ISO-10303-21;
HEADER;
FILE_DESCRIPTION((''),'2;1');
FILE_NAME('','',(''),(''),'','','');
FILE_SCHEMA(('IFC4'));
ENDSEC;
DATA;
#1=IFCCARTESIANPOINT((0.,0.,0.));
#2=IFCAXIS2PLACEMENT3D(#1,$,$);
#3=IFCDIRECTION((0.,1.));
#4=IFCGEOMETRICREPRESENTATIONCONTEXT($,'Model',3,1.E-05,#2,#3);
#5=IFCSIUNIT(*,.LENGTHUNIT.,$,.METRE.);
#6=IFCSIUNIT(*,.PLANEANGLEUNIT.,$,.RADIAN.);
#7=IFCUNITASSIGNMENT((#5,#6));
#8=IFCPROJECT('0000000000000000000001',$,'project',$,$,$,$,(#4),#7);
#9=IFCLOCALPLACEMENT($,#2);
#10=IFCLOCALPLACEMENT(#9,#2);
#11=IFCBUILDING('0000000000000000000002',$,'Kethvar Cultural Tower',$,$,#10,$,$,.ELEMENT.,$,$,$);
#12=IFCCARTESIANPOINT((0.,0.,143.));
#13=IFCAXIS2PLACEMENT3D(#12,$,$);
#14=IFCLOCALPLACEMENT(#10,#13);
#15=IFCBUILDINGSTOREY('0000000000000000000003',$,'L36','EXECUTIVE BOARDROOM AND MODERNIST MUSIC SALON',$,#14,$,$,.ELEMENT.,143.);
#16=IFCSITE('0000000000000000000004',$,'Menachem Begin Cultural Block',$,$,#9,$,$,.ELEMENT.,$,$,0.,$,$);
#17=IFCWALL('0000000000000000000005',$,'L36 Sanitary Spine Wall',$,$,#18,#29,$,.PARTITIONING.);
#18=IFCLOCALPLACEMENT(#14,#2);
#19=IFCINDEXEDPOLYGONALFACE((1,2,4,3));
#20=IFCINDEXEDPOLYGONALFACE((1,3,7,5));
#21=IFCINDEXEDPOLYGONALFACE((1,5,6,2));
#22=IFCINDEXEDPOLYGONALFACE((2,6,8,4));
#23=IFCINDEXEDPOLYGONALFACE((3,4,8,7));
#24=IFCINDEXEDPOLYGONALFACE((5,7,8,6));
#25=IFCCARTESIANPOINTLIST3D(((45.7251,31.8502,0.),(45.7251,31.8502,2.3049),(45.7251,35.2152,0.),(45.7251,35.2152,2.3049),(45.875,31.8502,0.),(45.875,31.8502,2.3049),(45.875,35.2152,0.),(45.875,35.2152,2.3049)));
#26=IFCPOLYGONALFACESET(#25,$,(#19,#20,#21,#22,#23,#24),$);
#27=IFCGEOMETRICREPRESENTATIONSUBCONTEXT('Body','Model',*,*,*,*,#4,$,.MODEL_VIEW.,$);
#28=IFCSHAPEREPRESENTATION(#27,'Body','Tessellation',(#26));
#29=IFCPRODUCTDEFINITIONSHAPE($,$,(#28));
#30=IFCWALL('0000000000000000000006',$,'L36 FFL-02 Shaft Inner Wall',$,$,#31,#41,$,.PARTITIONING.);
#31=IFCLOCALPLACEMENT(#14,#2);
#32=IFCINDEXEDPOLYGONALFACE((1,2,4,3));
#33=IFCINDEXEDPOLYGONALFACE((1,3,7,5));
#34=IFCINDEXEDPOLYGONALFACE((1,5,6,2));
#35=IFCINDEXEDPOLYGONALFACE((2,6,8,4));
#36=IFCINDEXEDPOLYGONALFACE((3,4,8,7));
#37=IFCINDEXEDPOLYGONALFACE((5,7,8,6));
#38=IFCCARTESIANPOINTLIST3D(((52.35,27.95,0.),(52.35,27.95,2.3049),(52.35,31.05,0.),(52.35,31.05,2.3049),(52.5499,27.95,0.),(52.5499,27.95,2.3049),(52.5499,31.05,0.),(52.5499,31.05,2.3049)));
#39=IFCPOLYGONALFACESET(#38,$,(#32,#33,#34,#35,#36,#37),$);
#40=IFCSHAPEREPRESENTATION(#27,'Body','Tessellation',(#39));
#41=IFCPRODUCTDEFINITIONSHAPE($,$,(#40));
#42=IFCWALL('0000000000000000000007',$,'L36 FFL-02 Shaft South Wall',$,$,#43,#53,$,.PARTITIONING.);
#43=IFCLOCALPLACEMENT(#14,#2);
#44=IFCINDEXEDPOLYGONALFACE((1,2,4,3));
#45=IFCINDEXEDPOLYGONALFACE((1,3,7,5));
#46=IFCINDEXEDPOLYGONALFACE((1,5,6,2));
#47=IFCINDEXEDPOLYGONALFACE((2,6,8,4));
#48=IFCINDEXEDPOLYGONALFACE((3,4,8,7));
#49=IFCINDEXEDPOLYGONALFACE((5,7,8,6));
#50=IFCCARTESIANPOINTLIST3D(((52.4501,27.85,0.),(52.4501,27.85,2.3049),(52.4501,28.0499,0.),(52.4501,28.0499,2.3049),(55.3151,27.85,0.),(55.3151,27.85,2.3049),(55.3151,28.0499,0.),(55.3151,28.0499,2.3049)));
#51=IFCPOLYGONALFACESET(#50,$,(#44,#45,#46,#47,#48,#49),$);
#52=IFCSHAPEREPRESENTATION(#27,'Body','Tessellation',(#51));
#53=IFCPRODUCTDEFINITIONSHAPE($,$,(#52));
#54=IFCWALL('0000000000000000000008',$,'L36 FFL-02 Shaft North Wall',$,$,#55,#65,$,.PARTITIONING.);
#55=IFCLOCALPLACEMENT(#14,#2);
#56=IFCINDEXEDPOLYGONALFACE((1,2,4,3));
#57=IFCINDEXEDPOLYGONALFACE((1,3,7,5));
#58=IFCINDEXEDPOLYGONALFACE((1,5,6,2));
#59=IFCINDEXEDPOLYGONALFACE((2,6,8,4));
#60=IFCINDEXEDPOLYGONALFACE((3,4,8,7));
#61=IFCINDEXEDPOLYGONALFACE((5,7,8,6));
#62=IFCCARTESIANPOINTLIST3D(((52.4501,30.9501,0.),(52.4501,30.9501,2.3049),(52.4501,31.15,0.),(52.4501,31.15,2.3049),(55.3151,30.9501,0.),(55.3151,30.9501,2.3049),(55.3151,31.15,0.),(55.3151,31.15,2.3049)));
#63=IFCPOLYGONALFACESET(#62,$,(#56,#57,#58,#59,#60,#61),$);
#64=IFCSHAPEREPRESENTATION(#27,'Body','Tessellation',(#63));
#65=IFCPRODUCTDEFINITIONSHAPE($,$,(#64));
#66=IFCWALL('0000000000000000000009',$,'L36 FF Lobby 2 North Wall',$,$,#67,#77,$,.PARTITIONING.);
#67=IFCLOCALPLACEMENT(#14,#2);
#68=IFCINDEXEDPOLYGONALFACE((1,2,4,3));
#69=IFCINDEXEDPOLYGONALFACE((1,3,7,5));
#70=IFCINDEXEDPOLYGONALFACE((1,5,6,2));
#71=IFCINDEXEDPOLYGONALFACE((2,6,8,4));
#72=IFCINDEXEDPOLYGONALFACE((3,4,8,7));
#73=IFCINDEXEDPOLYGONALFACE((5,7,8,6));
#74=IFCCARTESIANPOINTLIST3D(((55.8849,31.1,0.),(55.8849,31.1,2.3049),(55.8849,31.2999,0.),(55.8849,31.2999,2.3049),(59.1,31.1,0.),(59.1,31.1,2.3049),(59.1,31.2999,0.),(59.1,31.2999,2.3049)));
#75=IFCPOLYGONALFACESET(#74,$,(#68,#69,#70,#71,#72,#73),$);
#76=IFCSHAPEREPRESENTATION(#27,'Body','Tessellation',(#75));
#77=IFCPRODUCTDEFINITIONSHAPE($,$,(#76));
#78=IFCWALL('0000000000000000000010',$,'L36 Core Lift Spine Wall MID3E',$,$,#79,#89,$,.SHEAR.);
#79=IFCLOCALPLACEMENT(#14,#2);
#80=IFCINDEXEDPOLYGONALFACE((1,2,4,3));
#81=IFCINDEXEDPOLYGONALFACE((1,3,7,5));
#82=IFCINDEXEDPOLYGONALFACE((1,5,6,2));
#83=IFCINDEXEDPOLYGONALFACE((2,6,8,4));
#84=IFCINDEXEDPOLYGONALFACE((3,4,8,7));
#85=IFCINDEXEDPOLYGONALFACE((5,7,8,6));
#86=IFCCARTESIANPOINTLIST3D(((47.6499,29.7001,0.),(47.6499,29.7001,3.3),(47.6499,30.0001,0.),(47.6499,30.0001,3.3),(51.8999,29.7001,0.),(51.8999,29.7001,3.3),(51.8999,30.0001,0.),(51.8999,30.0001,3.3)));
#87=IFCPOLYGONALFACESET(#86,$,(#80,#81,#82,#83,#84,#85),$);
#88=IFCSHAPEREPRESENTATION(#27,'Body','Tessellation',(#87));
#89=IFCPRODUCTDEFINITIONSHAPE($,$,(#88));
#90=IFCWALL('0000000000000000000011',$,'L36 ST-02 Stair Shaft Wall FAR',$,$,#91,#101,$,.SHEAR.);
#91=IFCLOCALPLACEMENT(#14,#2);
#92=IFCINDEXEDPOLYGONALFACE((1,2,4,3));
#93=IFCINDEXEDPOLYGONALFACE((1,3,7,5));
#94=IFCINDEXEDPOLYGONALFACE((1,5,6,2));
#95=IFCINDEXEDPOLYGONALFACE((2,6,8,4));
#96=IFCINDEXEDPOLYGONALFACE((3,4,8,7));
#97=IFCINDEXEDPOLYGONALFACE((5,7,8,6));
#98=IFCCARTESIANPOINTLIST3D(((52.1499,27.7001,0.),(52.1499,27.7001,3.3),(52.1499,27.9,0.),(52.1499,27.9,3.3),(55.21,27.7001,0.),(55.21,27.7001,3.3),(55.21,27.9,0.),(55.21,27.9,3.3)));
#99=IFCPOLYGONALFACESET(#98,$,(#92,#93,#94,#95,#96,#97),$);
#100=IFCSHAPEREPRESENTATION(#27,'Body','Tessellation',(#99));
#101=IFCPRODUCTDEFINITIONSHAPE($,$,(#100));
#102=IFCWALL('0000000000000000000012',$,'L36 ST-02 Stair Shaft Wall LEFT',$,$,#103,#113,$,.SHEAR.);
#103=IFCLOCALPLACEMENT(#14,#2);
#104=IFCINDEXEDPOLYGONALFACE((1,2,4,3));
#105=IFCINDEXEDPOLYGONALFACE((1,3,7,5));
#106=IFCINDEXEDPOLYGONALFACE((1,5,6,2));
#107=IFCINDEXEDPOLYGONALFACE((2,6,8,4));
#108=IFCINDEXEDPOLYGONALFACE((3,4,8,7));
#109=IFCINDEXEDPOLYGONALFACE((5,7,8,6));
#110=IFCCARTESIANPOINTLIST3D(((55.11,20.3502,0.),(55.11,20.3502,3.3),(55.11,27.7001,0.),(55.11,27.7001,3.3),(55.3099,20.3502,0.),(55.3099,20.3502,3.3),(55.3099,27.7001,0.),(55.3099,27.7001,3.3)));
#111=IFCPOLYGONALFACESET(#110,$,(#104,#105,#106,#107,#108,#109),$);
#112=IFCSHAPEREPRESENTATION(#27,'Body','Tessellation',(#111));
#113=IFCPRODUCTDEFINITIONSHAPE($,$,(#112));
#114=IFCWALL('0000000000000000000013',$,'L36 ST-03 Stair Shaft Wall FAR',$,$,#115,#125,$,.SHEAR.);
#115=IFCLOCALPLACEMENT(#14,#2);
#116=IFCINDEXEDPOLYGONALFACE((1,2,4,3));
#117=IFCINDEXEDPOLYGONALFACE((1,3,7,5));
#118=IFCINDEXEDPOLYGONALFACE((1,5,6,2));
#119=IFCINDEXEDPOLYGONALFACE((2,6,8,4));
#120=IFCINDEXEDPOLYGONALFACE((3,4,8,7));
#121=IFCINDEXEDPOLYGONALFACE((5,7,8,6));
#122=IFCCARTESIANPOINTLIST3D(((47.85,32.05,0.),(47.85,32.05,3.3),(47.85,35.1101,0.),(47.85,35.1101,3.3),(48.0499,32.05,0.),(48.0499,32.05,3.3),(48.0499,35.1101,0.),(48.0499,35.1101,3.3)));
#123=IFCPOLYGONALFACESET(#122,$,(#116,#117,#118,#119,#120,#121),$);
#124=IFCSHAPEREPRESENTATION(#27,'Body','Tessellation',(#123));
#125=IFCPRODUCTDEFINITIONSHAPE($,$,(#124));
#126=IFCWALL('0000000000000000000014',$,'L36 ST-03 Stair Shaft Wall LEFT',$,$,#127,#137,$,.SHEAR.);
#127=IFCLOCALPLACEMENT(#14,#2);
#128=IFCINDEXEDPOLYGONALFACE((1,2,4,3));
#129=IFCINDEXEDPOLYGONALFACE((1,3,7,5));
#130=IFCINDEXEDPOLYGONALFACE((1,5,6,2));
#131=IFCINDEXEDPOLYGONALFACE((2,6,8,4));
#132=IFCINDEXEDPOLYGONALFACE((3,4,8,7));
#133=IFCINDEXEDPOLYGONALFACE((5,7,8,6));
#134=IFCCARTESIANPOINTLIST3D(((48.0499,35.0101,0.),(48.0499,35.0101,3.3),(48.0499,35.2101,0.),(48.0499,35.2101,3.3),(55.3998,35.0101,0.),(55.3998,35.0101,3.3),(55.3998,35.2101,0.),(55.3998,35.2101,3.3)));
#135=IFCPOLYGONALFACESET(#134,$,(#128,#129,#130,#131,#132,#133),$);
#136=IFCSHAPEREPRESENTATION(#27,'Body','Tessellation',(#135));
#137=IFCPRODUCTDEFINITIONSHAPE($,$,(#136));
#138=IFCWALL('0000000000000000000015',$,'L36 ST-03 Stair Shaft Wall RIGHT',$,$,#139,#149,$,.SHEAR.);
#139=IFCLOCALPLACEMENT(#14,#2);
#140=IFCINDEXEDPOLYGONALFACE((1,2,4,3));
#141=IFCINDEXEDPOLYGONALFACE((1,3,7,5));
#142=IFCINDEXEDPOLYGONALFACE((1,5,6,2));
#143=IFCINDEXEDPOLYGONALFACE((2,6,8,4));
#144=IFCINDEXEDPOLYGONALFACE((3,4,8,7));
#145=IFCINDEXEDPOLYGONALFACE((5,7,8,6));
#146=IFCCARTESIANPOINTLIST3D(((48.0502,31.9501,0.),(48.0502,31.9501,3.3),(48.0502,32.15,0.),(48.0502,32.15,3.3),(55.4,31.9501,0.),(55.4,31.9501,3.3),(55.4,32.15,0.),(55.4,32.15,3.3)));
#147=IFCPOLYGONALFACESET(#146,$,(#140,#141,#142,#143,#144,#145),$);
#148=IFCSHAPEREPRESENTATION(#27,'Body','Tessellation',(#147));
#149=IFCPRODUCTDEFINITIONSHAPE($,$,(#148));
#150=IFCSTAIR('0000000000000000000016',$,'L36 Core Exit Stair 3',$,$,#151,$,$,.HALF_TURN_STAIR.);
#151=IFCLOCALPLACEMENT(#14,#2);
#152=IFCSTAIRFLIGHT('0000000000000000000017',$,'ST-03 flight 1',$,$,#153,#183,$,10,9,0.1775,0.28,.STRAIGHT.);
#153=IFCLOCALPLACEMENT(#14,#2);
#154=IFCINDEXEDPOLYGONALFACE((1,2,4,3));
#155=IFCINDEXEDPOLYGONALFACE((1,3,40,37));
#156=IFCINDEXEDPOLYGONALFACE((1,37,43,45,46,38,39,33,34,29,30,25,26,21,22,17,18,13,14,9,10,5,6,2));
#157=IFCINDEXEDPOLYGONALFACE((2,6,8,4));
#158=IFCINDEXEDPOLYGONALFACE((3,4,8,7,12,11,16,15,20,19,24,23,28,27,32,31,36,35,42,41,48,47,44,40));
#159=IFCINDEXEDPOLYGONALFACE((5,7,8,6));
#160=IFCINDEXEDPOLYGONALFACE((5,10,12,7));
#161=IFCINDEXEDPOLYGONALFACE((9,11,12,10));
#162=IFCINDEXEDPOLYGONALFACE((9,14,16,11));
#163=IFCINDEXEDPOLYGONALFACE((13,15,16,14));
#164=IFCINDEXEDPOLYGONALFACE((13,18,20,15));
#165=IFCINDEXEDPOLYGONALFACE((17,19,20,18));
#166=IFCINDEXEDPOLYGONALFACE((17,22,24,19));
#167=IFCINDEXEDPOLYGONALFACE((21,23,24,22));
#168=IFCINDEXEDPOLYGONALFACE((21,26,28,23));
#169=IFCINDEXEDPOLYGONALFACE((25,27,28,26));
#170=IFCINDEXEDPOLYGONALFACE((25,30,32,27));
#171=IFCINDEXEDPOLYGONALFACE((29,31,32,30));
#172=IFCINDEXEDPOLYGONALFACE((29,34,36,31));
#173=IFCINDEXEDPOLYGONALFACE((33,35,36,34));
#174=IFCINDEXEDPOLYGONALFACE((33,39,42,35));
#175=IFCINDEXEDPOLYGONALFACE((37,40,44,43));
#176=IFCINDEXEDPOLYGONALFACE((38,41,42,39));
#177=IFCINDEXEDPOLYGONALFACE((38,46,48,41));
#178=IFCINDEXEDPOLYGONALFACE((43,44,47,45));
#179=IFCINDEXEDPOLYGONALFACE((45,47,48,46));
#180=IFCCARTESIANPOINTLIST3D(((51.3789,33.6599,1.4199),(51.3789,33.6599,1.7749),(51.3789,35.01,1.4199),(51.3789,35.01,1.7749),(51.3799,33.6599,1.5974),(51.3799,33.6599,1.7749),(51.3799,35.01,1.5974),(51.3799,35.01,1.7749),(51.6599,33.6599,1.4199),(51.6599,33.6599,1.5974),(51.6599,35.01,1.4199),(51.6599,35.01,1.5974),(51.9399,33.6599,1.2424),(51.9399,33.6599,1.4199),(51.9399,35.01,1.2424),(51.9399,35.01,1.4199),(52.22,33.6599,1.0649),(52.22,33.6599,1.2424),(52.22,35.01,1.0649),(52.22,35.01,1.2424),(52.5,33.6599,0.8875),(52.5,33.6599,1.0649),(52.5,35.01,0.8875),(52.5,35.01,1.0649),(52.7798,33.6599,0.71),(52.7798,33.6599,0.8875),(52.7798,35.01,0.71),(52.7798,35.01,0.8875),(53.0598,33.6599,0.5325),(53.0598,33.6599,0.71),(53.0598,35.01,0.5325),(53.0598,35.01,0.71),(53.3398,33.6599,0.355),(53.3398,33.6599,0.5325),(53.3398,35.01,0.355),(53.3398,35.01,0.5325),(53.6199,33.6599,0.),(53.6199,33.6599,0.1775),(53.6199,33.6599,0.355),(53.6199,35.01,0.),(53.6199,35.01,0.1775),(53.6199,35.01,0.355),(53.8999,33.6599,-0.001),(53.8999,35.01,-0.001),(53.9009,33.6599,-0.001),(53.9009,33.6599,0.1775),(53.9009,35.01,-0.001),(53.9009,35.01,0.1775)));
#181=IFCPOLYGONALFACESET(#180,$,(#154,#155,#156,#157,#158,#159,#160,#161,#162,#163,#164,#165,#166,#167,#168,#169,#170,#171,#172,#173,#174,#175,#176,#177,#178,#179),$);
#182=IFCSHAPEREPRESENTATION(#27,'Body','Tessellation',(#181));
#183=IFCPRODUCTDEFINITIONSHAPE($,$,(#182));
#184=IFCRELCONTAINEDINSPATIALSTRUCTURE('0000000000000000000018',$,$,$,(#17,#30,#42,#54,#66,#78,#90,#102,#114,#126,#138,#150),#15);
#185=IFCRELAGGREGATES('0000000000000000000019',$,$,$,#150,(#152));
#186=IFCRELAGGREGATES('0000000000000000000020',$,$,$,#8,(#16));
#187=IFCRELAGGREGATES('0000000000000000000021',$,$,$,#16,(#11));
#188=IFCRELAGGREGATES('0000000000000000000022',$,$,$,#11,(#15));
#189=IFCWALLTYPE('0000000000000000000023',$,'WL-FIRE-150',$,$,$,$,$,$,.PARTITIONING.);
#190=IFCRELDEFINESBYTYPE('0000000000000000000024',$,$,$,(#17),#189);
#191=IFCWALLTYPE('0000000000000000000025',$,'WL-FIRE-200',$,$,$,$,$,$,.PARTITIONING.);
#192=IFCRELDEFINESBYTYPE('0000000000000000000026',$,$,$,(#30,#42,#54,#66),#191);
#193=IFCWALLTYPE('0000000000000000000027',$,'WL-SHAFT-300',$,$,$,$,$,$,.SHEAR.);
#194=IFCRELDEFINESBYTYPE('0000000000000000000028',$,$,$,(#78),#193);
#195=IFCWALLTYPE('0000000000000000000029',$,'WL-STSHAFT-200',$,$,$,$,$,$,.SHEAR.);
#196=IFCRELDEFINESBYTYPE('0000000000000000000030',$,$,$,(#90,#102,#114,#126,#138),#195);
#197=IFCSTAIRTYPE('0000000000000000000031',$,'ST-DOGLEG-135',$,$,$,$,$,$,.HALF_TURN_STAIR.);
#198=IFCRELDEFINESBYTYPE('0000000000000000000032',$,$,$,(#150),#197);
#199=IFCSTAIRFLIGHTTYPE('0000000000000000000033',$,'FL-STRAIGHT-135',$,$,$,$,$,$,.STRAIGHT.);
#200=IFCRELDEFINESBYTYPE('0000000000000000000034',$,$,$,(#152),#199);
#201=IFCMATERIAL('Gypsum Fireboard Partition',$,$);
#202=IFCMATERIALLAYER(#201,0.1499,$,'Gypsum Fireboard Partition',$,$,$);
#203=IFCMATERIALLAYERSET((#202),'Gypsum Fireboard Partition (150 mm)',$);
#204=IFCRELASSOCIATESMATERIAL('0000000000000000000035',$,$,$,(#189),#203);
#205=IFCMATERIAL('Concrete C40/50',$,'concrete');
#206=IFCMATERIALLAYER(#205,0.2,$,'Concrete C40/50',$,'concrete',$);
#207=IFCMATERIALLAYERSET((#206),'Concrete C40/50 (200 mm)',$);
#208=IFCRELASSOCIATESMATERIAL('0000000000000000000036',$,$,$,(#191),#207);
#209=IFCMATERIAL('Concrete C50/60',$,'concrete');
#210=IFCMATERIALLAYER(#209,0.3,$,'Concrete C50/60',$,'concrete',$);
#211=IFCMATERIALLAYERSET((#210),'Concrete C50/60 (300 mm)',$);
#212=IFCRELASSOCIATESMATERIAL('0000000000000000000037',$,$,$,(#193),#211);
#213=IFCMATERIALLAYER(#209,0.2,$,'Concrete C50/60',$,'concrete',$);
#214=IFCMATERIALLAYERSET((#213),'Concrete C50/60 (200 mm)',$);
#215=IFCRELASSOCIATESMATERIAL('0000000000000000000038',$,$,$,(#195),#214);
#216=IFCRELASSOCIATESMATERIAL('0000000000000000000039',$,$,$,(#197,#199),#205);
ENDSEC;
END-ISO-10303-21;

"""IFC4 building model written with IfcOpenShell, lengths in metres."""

from ifc_helpers import new_model, si_unit, direction, frame, frame_2d, origin, place, context, subcontext, project, spatial, polyline, rectangle, outline, extrude, material, layer, layer_set, type_object, element, aggregate, save


model = new_model("IFC4")

# Units and contexts
model_context = context("Model", 3, precision=1e-05, world=origin(), true_north=direction((0.0, 1.0)))
body_context = subcontext(model_context, "Body", "Model", "MODEL_VIEW")
ifc_project = project(units=[si_unit("LENGTHUNIT", "METRE"), si_unit("PLANEANGLEUNIT", "RADIAN")], contexts=[model_context])

# Site, building, storey
site_placement = place(None, origin())
site = spatial("IfcSite", under=ifc_project, at=site_placement, Name="Menachem Begin Cultural Block", CompositionType="ELEMENT", RefElevation=0.0)
building_placement = place(site_placement, origin())
building = spatial("IfcBuilding", under=site, at=building_placement, Name="Kethvar Cultural Tower", CompositionType="ELEMENT")
storey_placement = place(building_placement, frame((0.0, 0.0, 143.0)))
storey = spatial("IfcBuildingStorey", under=building, at=storey_placement, Name="L36", Description="EXECUTIVE BOARDROOM AND MODERNIST MUSIC SALON", CompositionType="ELEMENT", Elevation=143.0)

# Walls
ifc_material_1 = material(Name="Gypsum Fireboard Partition")
ifc_layer_1 = layer(ifc_material_1, 0.1499, Name="Gypsum Fireboard Partition")
ifc_layer_set_1 = layer_set([ifc_layer_1], Name="Gypsum Fireboard Partition (150 mm)")
wall_type_1 = type_object("IfcWallType", Name="WL-FIRE-150", PredefinedType="PARTITIONING", material=ifc_layer_set_1)
wall_1_placement = place(storey_placement, frame((45.8, 31.8501, 0.0), z_axis=(0.0, 0.0, 1.0), x_axis=(0.0, 1.0, 0.0)))
element("IfcWall", 1, at=wall_1_placement, inside=storey, type_object=wall_type_1, Name="L36 Sanitary Spine Wall", PredefinedType="PARTITIONING", context=body_context, shape_type="SweptSolid", body=[
    extrude(rectangle(XDim=3.365, YDim=0.1499, at=frame_2d((1.6826, 0.0))), origin(), (0.0, 0.0, 1.0), 2.3049),
])
ifc_material_2 = material(Name="Concrete C40/50", Category="concrete")
ifc_layer_2 = layer(ifc_material_2, 0.2, Name="Concrete C40/50", Category="concrete")
ifc_layer_set_2 = layer_set([ifc_layer_2], Name="Concrete C40/50 (200 mm)")
wall_type_2 = type_object("IfcWallType", Name="WL-FIRE-200", PredefinedType="PARTITIONING", material=ifc_layer_set_2)
wall_2_placement = place(storey_placement, frame((52.45, 27.95, 0.0), z_axis=(0.0, 0.0, 1.0), x_axis=(0.0, 1.0, 0.0)))
element("IfcWall", 2, at=wall_2_placement, inside=storey, type_object=wall_type_2, Name="L36 FFL-02 Shaft Inner Wall", PredefinedType="PARTITIONING", context=body_context, shape_type="SweptSolid", body=[
    extrude(rectangle(XDim=3.1001, YDim=0.2, at=frame_2d((1.55, 0.0))), origin(), (0.0, 0.0, 1.0), 2.3049),
])
for number, where, z_axis, x_axis, name in (
    (3, (52.45, 27.95, 0.0), (0.0, 0.0, 1.0), (1.0, 0.0, 0.0), "L36 FFL-02 Shaft South Wall"),
    (4, (52.45, 31.05, 0.0), (0.0, 0.0, 1.0), (1.0, 0.0, 0.0), "L36 FFL-02 Shaft North Wall"),
):
    element("IfcWall", number, at=place(storey_placement, frame(where, z_axis=z_axis, x_axis=x_axis)), inside=storey, type_object=wall_type_2, Name=name, PredefinedType="PARTITIONING", context=body_context, shape_type="SweptSolid", body=[
        extrude(rectangle(XDim=2.865, YDim=0.2, at=frame_2d((1.4326, 0.0))), origin(), (0.0, 0.0, 1.0), 2.3049),
    ])
wall_3_placement = place(storey_placement, frame((55.885, 31.2, 0.0), z_axis=(0.0, 0.0, 1.0), x_axis=(1.0, 0.0, 0.0)))
element("IfcWall", 5, at=wall_3_placement, inside=storey, type_object=wall_type_2, Name="L36 FF Lobby 2 North Wall", PredefinedType="PARTITIONING", context=body_context, shape_type="SweptSolid", body=[
    extrude(rectangle(XDim=3.2151, YDim=0.2, at=frame_2d((1.6074, 0.0))), origin(), (0.0, 0.0, 1.0), 2.3049),
])
ifc_material_3 = material(Name="Concrete C50/60", Category="concrete")
ifc_layer_3 = layer(ifc_material_3, 0.3, Name="Concrete C50/60", Category="concrete")
ifc_layer_set_3 = layer_set([ifc_layer_3], Name="Concrete C50/60 (300 mm)")
wall_type_3 = type_object("IfcWallType", Name="WL-SHAFT-300", PredefinedType="SHEAR", material=ifc_layer_set_3)
wall_4_placement = place(storey_placement, frame((47.6499, 29.8501, 0.0), z_axis=(0.0, 0.0, 1.0), x_axis=(1.0, 0.0, 0.0)))
element("IfcWall", 6, at=wall_4_placement, inside=storey, type_object=wall_type_3, Name="L36 Core Lift Spine Wall MID3E", PredefinedType="SHEAR", context=body_context, shape_type="SweptSolid", body=[
    extrude(rectangle(XDim=4.25, YDim=0.3, at=frame_2d((2.125, 0.0))), origin(), (0.0, 0.0, 1.0), 3.3),
])
ifc_layer_4 = layer(ifc_material_3, 0.2, Name="Concrete C50/60", Category="concrete")
ifc_layer_set_4 = layer_set([ifc_layer_4], Name="Concrete C50/60 (200 mm)")
wall_type_4 = type_object("IfcWallType", Name="WL-STSHAFT-200", PredefinedType="SHEAR", material=ifc_layer_set_4)
wall_5_placement = place(storey_placement, frame((52.1499, 27.8, 0.0), z_axis=(0.0, 0.0, 1.0), x_axis=(1.0, 0.0, 0.0)))
element("IfcWall", 7, at=wall_5_placement, inside=storey, type_object=wall_type_4, Name="L36 ST-02 Stair Shaft Wall FAR", PredefinedType="SHEAR", context=body_context, shape_type="SweptSolid", body=[
    extrude(rectangle(XDim=3.0601, YDim=0.2, at=frame_2d((1.53, 0.0))), origin(), (0.0, 0.0, 1.0), 3.3),
])
wall_6_placement = place(storey_placement, frame((55.21, 27.7, 0.0), z_axis=(0.0, 0.0, 1.0), x_axis=(0.0, -1.0, 0.0)))
element("IfcWall", 8, at=wall_6_placement, inside=storey, type_object=wall_type_4, Name="L36 ST-02 Stair Shaft Wall LEFT", PredefinedType="SHEAR", context=body_context, shape_type="SweptSolid", body=[
    extrude(rectangle(XDim=7.3499, YDim=0.2, at=frame_2d((3.6748, 0.0))), origin(), (0.0, 0.0, 1.0), 3.3),
])
wall_7_placement = place(storey_placement, frame((47.95, 32.05, 0.0), z_axis=(0.0, 0.0, 1.0), x_axis=(0.0, 1.0, 0.0)))
element("IfcWall", 9, at=wall_7_placement, inside=storey, type_object=wall_type_4, Name="L36 ST-03 Stair Shaft Wall FAR", PredefinedType="SHEAR", context=body_context, shape_type="SweptSolid", body=[
    extrude(rectangle(XDim=3.0601, YDim=0.2, at=frame_2d((1.53, 0.0))), origin(), (0.0, 0.0, 1.0), 3.3),
])
for number, where, z_axis, x_axis, name in (
    (10, (48.05, 35.1101, 0.0), (0.0, 0.0, 1.0), (1.0, 0.0, 0.0), "L36 ST-03 Stair Shaft Wall LEFT"),
    (11, (55.3999, 32.05, 0.0), (0.0, 0.0, 1.0), (-1.0, 0.0, 0.0), "L36 ST-03 Stair Shaft Wall RIGHT"),
):
    element("IfcWall", number, at=place(storey_placement, frame(where, z_axis=z_axis, x_axis=x_axis)), inside=storey, type_object=wall_type_4, Name=name, PredefinedType="SHEAR", context=body_context, shape_type="SweptSolid", body=[
        extrude(rectangle(XDim=7.3499, YDim=0.2, at=frame_2d((3.6748, 0.0))), origin(), (0.0, 0.0, 1.0), 3.3),
    ])

# Stair, stair flight
stair_type = type_object("IfcStairType", Name="ST-DOGLEG-135", PredefinedType="HALF_TURN_STAIR", material=ifc_material_2)
stair_placement = place(storey_placement, origin())
stair = element("IfcStair", 12, at=stair_placement, inside=storey, type_object=stair_type, Name="L36 Core Exit Stair 3", PredefinedType="HALF_TURN_STAIR")
stair_flight_type = type_object("IfcStairFlightType", Name="FL-STRAIGHT-135", PredefinedType="STRAIGHT", material=ifc_material_2)
stair_flight_1_placement = place(storey_placement, frame((53.8999, 34.335, 0.0), z_axis=(0.0, 0.0, 1.0), x_axis=(-1.0, 0.0, 0.0)))
stair_flight_1 = element("IfcStairFlight", 13, at=stair_flight_1_placement, type_object=stair_flight_type, Name="ST-03 flight 1", NumberOfRisers=10, NumberOfTreads=9, PredefinedType="STRAIGHT", RiserHeight=0.1775, TreadLength=0.28, context=body_context, shape_type="SweptSolid", body=[
    extrude(outline(polyline([(-0.001, -0.001), (-0.001, 0.1775), (0.28, 0.1775), (0.28, 0.355), (0.5601, 0.355), (0.5601, 0.5325), (0.8401, 0.5325), (0.8401, 0.71), (1.1201, 0.71), (1.1201, 0.8875), (1.3999, 0.8875), (1.3999, 1.0649), (1.6799, 1.0649), (1.6799, 1.2424), (1.96, 1.2424), (1.96, 1.4199), (2.24, 1.4199), (2.24, 1.5974), (2.52, 1.5974), (2.52, 1.7749), (2.521, 1.7749), (2.521, 1.4199), (0.28, 0.0), (0.0, -0.001), (-0.001, -0.001)])), frame((0.0, 0.675, 0.0), z_axis=(0.0, -1.0, 0.0), x_axis=(1.0, 0.0, 0.0)), (0.0, 0.0, 1.0), 1.3501),
])
aggregate(stair, [stair_flight_1])

save(model, "model.ifc")
